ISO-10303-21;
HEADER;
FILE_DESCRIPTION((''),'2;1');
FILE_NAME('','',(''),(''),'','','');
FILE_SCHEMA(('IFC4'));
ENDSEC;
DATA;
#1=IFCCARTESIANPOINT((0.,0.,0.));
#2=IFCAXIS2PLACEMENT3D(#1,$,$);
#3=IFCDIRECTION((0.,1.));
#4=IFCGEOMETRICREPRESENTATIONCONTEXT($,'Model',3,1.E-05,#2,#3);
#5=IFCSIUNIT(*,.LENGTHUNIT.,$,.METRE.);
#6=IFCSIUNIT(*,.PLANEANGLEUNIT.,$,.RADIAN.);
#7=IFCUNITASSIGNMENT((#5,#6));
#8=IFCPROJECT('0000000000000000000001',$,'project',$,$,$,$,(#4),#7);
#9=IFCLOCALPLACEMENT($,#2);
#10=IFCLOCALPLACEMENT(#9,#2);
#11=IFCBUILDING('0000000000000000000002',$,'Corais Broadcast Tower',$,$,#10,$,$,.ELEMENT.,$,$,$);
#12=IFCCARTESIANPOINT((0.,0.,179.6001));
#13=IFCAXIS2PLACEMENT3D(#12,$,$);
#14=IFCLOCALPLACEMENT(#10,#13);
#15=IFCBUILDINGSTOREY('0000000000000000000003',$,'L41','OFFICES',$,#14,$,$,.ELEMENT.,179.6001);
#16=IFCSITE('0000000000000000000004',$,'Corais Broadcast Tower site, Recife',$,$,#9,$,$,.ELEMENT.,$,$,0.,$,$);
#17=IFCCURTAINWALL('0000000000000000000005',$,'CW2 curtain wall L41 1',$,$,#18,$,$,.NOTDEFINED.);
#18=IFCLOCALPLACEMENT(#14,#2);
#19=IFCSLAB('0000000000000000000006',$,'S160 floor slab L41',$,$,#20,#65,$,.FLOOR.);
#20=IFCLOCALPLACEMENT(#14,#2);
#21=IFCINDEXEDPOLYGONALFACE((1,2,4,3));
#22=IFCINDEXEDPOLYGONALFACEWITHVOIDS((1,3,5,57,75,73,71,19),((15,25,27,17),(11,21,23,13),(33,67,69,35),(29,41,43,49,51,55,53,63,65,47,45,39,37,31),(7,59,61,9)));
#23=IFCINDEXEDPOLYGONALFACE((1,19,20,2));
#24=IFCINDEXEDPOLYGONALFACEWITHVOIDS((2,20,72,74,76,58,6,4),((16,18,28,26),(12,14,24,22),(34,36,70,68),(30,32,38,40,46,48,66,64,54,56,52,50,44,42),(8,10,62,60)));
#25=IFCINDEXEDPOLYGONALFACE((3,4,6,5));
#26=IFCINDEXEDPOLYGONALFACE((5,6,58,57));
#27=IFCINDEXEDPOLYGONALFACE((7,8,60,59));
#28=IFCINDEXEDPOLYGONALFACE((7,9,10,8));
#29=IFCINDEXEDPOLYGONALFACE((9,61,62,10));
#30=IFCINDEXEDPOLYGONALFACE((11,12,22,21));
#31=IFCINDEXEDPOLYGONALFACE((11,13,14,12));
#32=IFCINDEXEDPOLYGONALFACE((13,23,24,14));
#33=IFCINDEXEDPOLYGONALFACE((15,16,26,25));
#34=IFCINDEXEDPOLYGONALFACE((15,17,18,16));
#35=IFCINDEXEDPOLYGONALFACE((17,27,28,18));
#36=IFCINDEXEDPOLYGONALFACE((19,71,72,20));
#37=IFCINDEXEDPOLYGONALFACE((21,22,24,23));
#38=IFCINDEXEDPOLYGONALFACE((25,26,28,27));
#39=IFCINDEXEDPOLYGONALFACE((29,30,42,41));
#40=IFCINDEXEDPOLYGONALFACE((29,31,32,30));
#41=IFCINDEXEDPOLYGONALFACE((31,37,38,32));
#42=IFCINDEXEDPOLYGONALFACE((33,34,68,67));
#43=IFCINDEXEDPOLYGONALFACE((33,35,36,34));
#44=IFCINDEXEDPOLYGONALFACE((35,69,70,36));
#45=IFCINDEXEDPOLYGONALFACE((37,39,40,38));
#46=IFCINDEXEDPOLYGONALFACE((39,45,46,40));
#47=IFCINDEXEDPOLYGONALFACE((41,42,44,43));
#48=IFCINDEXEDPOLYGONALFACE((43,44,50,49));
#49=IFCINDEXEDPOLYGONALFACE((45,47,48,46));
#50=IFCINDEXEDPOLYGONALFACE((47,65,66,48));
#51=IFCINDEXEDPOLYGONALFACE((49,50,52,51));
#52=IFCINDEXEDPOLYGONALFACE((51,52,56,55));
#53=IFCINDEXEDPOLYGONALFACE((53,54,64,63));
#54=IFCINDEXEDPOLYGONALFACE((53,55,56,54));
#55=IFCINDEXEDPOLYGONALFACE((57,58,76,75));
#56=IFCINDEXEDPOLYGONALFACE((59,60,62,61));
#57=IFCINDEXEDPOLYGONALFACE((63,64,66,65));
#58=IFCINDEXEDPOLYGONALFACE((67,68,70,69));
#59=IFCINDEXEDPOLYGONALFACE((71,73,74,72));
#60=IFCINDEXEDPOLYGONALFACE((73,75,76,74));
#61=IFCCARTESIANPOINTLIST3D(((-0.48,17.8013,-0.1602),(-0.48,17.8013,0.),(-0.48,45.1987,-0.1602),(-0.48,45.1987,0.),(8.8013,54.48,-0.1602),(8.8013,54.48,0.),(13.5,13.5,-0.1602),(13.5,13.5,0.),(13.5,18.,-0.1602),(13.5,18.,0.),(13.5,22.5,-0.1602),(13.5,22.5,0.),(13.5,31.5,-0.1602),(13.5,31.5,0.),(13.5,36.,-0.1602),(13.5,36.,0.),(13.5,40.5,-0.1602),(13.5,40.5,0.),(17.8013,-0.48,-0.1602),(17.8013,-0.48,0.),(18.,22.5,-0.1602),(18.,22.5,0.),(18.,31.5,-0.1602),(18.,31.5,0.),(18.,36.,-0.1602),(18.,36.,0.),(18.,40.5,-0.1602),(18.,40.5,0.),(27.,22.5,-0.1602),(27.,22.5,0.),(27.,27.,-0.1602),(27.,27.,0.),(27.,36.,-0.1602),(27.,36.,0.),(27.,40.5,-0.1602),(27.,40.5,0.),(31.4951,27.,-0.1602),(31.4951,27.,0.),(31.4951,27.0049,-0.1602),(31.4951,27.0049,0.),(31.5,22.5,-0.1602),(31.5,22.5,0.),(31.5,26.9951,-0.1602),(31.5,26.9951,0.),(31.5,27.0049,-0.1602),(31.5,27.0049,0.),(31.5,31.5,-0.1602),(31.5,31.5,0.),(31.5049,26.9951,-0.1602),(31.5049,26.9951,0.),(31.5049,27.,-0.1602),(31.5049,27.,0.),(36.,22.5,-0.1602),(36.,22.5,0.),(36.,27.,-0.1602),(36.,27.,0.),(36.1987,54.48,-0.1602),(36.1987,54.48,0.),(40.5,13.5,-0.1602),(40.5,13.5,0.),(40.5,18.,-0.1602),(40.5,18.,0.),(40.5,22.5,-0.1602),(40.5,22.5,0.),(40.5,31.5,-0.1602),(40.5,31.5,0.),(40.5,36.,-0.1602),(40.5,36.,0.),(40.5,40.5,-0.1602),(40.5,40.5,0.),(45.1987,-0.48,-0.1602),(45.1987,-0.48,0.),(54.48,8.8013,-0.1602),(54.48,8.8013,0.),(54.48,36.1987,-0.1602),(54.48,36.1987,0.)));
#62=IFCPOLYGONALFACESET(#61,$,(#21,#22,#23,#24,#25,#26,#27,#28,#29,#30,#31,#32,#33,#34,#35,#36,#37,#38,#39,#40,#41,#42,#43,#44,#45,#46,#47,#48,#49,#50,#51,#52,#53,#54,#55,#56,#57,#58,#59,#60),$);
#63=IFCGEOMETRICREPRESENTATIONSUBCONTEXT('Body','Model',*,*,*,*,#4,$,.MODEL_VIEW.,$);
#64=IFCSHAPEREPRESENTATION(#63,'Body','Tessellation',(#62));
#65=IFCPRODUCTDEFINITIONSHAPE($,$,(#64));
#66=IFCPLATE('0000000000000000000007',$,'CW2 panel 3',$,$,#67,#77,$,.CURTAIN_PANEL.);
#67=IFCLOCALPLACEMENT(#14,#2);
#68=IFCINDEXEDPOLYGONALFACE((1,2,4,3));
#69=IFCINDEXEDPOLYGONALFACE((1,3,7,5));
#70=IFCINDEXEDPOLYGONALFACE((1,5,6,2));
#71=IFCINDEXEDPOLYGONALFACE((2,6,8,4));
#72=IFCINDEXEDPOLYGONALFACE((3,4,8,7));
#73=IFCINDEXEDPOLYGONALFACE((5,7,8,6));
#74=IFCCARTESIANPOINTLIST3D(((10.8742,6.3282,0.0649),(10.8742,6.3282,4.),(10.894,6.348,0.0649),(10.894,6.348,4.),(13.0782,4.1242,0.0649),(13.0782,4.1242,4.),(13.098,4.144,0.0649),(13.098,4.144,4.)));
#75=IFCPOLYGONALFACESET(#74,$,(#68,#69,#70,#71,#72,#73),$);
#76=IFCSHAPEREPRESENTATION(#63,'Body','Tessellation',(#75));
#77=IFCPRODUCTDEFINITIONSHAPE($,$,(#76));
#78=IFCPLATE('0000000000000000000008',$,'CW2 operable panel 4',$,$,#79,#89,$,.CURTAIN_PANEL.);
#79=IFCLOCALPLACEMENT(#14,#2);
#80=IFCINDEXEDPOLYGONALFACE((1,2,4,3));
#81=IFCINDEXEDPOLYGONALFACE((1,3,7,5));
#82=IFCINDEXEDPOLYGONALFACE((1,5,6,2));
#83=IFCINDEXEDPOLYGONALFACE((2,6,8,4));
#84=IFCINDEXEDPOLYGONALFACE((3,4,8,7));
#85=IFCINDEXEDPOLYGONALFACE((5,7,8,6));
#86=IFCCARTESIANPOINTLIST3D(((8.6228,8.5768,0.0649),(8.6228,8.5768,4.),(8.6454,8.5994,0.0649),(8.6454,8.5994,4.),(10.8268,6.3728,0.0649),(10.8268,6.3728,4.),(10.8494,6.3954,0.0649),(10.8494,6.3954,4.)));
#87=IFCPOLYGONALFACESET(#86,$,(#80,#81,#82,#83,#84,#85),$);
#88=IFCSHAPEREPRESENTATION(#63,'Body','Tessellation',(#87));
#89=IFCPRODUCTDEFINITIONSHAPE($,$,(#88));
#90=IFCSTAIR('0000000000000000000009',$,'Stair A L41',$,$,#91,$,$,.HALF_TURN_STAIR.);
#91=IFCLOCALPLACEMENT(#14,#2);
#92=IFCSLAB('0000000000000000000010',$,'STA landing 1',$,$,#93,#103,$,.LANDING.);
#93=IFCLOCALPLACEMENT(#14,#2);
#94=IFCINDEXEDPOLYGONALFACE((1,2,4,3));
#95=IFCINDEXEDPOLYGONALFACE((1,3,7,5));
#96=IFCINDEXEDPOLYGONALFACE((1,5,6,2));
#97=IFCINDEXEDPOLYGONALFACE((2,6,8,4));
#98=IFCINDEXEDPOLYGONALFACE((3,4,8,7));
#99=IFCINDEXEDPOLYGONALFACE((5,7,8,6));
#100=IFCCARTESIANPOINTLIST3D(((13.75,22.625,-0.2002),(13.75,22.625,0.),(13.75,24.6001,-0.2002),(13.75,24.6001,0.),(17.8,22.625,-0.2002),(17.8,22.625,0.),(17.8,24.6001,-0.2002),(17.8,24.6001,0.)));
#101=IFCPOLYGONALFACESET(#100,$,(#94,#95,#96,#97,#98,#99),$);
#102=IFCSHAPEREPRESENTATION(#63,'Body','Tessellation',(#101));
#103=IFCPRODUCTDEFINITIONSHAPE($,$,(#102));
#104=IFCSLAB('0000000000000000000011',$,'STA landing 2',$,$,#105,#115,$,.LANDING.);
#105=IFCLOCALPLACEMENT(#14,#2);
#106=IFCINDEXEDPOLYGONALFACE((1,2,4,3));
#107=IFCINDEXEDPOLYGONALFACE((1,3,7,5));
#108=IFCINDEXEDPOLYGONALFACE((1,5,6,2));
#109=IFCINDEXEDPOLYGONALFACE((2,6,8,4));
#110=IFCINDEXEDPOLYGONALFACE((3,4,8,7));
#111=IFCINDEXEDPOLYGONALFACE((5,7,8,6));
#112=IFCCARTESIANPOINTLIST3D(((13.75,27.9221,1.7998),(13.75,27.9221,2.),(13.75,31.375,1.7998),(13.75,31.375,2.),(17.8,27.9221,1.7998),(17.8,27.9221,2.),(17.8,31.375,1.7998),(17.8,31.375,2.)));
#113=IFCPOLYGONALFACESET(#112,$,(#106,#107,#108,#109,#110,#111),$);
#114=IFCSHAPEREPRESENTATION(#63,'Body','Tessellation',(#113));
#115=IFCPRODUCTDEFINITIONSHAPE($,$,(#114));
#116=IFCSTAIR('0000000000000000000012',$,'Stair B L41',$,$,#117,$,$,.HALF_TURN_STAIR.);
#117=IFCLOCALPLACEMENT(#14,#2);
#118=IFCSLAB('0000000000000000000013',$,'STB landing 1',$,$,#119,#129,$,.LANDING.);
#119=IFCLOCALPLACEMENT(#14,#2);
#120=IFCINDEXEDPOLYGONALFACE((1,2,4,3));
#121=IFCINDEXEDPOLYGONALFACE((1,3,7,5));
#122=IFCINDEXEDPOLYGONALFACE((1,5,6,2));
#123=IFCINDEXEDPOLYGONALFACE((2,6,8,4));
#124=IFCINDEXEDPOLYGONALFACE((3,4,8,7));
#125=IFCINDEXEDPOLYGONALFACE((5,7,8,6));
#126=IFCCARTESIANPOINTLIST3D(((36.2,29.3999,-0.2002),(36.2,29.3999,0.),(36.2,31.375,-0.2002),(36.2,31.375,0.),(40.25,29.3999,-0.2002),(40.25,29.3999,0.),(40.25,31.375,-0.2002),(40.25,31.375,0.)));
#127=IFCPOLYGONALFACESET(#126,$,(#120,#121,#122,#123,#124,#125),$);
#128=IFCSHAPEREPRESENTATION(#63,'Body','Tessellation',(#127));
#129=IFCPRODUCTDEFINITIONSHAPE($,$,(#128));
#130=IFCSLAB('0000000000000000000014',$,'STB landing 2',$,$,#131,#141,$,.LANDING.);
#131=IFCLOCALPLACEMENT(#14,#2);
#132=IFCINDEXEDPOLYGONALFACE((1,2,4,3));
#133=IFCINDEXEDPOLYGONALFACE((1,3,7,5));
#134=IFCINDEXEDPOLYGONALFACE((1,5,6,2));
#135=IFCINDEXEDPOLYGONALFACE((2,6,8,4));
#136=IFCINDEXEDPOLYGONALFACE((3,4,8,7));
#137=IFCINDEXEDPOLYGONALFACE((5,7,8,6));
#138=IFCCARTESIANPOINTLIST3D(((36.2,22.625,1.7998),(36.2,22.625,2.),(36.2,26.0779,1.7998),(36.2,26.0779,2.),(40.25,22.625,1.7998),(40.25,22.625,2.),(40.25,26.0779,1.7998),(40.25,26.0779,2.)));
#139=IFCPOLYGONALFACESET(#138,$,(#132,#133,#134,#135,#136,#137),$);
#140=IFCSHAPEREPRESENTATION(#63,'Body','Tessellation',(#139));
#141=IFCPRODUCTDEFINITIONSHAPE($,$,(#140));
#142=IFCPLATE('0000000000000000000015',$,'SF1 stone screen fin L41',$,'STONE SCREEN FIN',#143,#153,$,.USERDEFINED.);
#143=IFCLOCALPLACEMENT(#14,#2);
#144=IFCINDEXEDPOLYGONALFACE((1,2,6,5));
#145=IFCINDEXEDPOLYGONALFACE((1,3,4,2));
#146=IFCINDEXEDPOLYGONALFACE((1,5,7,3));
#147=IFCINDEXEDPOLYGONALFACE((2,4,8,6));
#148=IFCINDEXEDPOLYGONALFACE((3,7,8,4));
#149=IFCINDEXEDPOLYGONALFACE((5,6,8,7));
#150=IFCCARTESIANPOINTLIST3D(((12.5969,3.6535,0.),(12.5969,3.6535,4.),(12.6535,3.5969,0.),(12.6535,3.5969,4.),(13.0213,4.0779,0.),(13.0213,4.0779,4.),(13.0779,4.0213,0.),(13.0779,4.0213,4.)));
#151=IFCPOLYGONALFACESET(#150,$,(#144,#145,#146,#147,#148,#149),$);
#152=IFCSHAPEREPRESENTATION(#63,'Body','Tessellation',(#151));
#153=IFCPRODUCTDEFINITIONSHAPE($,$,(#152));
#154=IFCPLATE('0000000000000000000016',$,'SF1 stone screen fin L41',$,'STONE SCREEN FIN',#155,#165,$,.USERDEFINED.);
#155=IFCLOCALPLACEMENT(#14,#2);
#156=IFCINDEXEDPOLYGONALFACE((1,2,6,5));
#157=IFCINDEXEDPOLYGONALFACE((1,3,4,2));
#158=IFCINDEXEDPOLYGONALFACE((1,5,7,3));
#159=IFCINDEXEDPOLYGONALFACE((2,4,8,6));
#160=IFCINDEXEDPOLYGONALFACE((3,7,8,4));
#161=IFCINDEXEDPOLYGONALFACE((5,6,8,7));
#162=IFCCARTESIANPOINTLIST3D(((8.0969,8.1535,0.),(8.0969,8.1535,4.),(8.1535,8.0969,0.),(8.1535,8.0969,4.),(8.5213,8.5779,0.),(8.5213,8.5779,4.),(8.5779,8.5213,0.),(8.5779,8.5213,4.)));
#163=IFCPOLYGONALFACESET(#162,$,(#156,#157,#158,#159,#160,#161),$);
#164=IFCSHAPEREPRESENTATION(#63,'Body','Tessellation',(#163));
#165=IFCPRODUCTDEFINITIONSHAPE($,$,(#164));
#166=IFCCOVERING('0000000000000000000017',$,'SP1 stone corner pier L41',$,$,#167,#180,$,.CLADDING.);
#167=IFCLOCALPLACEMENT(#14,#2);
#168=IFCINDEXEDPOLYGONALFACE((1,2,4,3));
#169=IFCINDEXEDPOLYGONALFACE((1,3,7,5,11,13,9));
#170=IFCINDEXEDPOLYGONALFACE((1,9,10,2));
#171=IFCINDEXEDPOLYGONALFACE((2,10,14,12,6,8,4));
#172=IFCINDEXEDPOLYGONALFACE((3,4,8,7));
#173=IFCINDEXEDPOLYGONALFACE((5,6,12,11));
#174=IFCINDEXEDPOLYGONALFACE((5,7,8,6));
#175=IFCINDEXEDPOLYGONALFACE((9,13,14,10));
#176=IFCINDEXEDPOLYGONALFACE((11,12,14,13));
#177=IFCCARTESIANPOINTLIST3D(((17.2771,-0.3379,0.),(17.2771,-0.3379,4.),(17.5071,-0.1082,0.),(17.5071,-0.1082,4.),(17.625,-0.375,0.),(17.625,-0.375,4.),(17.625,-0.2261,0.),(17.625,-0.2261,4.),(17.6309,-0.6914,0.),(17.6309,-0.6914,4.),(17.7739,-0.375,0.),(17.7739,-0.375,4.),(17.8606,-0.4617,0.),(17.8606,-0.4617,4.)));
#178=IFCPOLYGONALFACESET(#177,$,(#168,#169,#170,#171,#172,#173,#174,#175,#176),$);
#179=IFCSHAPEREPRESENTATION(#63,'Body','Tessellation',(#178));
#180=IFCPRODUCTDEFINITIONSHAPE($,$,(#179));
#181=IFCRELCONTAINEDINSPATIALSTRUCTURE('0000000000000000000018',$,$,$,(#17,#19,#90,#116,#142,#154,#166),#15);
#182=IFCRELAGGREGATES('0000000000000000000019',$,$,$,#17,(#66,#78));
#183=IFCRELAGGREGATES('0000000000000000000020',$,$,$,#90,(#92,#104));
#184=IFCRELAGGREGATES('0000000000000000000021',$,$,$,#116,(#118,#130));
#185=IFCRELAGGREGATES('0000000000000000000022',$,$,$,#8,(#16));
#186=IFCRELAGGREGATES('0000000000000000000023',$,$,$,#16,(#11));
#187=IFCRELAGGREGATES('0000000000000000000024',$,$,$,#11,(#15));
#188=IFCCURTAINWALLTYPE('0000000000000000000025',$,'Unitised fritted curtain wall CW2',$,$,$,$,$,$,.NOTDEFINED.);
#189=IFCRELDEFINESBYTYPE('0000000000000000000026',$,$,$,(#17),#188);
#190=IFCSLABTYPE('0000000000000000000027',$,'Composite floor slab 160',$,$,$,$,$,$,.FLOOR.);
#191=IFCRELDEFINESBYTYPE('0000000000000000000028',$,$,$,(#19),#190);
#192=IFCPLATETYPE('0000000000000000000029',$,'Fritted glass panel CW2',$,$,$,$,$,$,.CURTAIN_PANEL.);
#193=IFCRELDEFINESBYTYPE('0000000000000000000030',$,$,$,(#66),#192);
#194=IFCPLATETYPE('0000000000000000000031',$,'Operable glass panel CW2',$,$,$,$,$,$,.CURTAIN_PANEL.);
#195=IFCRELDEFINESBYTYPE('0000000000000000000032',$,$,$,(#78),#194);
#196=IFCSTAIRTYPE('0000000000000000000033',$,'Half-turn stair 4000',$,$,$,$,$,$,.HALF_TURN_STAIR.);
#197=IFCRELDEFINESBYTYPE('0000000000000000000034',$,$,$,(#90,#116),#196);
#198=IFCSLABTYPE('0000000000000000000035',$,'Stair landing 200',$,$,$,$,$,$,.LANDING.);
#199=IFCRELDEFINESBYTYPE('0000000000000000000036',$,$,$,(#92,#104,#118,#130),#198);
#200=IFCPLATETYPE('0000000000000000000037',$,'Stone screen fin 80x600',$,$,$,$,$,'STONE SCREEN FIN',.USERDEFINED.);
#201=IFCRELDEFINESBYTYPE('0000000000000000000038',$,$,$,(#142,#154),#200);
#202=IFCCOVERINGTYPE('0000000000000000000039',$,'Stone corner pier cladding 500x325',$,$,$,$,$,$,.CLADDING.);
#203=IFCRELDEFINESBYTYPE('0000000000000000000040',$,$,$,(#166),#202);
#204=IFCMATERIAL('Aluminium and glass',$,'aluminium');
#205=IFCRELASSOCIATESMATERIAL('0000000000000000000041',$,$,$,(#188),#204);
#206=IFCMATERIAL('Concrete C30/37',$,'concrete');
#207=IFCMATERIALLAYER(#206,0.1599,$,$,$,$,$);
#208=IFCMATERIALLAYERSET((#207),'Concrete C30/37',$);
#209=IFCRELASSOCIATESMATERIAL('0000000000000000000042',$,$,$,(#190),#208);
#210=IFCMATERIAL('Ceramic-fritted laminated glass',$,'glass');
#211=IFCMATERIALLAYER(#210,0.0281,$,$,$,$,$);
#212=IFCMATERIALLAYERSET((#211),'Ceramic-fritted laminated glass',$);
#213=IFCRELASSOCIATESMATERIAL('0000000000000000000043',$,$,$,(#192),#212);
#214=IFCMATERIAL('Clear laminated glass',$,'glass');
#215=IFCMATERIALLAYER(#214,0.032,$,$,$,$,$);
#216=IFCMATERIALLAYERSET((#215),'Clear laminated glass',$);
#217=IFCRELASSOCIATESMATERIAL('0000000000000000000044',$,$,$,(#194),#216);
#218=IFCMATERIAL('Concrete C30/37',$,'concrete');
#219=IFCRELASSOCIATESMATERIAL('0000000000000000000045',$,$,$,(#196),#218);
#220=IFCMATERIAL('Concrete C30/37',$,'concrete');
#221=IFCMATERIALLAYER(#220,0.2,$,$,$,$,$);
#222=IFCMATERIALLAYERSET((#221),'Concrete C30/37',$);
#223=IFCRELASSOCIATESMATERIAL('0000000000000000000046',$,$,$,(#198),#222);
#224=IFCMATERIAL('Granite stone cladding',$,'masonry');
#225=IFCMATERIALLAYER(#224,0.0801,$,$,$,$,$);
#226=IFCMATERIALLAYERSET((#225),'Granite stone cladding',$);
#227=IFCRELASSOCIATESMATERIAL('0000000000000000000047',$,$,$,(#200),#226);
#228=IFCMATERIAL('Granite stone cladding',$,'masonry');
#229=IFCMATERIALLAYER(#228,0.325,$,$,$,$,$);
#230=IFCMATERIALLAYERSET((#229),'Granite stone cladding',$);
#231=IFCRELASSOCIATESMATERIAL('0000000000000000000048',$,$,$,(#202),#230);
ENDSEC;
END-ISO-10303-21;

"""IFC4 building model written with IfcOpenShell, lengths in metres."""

from ifc_helpers import new_model, si_unit, direction, frame, origin, origin_2d, place, context, subcontext, project, spatial, polyline, rectangle, outline, extrude, material, layer, layer_set, type_object, element, aggregate, save


model = new_model("IFC4")

# Units and contexts
model_context = context("Model", 3, precision=1e-05, world=origin(), true_north=direction((0.0, 1.0)))
body_context = subcontext(model_context, "Body", "Model", "MODEL_VIEW")
ifc_project = project(units=[si_unit("LENGTHUNIT", "METRE"), si_unit("PLANEANGLEUNIT", "RADIAN")], contexts=[model_context])

# Site, building, storey
site_placement = place(None, origin())
site = spatial("IfcSite", under=ifc_project, at=site_placement, Name="Corais Broadcast Tower site, Recife", CompositionType="ELEMENT", RefElevation=0.0)
building_placement = place(site_placement, origin())
building = spatial("IfcBuilding", under=site, at=building_placement, Name="Corais Broadcast Tower", CompositionType="ELEMENT")
storey_placement = place(building_placement, frame((0.0, 0.0, 179.6001)))
storey = spatial("IfcBuildingStorey", under=building, at=storey_placement, Name="L41", Description="OFFICES", CompositionType="ELEMENT", Elevation=179.6001)

# Curtain wall
ifc_material_1 = material(Name="Aluminium and glass", Category="aluminium")
curtain_wall_type = type_object("IfcCurtainWallType", Name="Unitised fritted curtain wall CW2", PredefinedType="NOTDEFINED", material=ifc_material_1)
curtain_wall_placement = place(storey_placement, origin())
curtain_wall = element("IfcCurtainWall", 1, at=curtain_wall_placement, inside=storey, type_object=curtain_wall_type, Name="CW2 curtain wall L41 1", PredefinedType="NOTDEFINED")

# Slab
ifc_material_2 = material(Name="Concrete C30/37", Category="concrete")
ifc_layer_1 = layer(ifc_material_2, 0.1599)
ifc_layer_set_1 = layer_set([ifc_layer_1], Name="Concrete C30/37")
slab_type_1 = type_object("IfcSlabType", Name="Composite floor slab 160", PredefinedType="FLOOR", material=ifc_layer_set_1)
slab_1_placement = place(storey_placement, frame((0.0, 0.0, -0.1602)))
element("IfcSlab", 2, at=slab_1_placement, inside=storey, type_object=slab_type_1, Name="S160 floor slab L41", PredefinedType="FLOOR", context=body_context, shape_type="SweptSolid", body=[
    extrude(outline(polyline([(17.8013, -0.48), (-0.48, 17.8013), (-0.48, 45.1987), (8.8013, 54.48), (36.1987, 54.48), (54.48, 36.1987), (54.48, 8.8013), (45.1987, -0.48), (17.8013, -0.48)]), holes=[polyline([(13.5, 18.0), (40.5, 18.0), (40.5, 13.5), (13.5, 13.5), (13.5, 18.0)]), polyline([(18.0, 22.5), (13.5, 22.5), (13.5, 31.5), (18.0, 31.5), (18.0, 22.5)]), polyline([(18.0, 36.0), (13.5, 36.0), (13.5, 40.5), (18.0, 40.5), (18.0, 36.0)]), polyline([(31.5, 22.5), (27.0, 22.5), (27.0, 27.0), (31.4951, 27.0), (31.4951, 27.0049), (31.5, 27.0049), (31.5, 31.5), (40.5, 31.5), (40.5, 22.5), (36.0, 22.5), (36.0, 27.0), (31.5049, 27.0), (31.5049, 26.9951), (31.5, 26.9951), (31.5, 22.5)]), polyline([(27.0, 40.5), (40.5, 40.5), (40.5, 36.0), (27.0, 36.0), (27.0, 40.5)])]), origin(), (0.0, 0.0, 1.0), 0.1602),
])

# Plates
ifc_material_3 = material(Name="Ceramic-fritted laminated glass", Category="glass")
ifc_layer_2 = layer(ifc_material_3, 0.0281)
ifc_layer_set_2 = layer_set([ifc_layer_2], Name="Ceramic-fritted laminated glass")
plate_type_1 = type_object("IfcPlateType", Name="Fritted glass panel CW2", PredefinedType="CURTAIN_PANEL", material=ifc_layer_set_2)
plate_1_placement = place(storey_placement, frame((11.9861, 5.2361, 0.0649), z_axis=(0.0, 0.0, 1.0), x_axis=(-0.707107, 0.707107, 0.0)))
plate_1 = element("IfcPlate", 3, at=plate_1_placement, type_object=plate_type_1, Name="CW2 panel 3", PredefinedType="CURTAIN_PANEL", context=body_context, shape_type="SweptSolid", body=[
    extrude(rectangle(XDim=3.1169, YDim=0.0281, at=origin_2d()), origin(), (0.0, 0.0, 1.0), 3.9351),
])
ifc_material_4 = material(Name="Clear laminated glass", Category="glass")
ifc_layer_3 = layer(ifc_material_4, 0.032)
ifc_layer_set_3 = layer_set([ifc_layer_3], Name="Clear laminated glass")
plate_type_2 = type_object("IfcPlateType", Name="Operable glass panel CW2", PredefinedType="CURTAIN_PANEL", material=ifc_layer_set_3)
plate_2_placement = place(storey_placement, frame((9.7361, 7.4861, 0.0649), z_axis=(0.0, 0.0, 1.0), x_axis=(-0.707107, 0.707107, 0.0)))
plate_2 = element("IfcPlate", 4, at=plate_2_placement, type_object=plate_type_2, Name="CW2 operable panel 4", PredefinedType="CURTAIN_PANEL", context=body_context, shape_type="SweptSolid", body=[
    extrude(rectangle(XDim=3.1169, YDim=0.032, at=origin_2d()), origin(), (0.0, 0.0, 1.0), 3.9351),
])
aggregate(curtain_wall, [plate_1, plate_2])

# Stairs, slabs
ifc_material_5 = material(Name="Concrete C30/37", Category="concrete")
stair_type = type_object("IfcStairType", Name="Half-turn stair 4000", PredefinedType="HALF_TURN_STAIR", material=ifc_material_5)
stair_1_placement = place(storey_placement, origin())
stair_1 = element("IfcStair", 5, at=stair_1_placement, inside=storey, type_object=stair_type, Name="Stair A L41", PredefinedType="HALF_TURN_STAIR")
ifc_material_6 = material(Name="Concrete C30/37", Category="concrete")
ifc_layer_4 = layer(ifc_material_6, 0.2)
ifc_layer_set_4 = layer_set([ifc_layer_4], Name="Concrete C30/37")
slab_type_2 = type_object("IfcSlabType", Name="Stair landing 200", PredefinedType="LANDING", material=ifc_layer_set_4)
slab_2_placement = place(storey_placement, frame((0.0, 0.0, -0.2002)))
slab_2 = element("IfcSlab", 6, at=slab_2_placement, type_object=slab_type_2, Name="STA landing 1", PredefinedType="LANDING", context=body_context, shape_type="SweptSolid", body=[
    extrude(outline(polyline([(13.75, 22.625), (17.8, 22.625), (17.8, 24.6001), (13.75, 24.6001), (13.75, 22.625)])), origin(), (0.0, 0.0, 1.0), 0.2002),
])
slab_3_placement = place(storey_placement, frame((0.0, 0.0, 1.7998)))
slab_3 = element("IfcSlab", 7, at=slab_3_placement, type_object=slab_type_2, Name="STA landing 2", PredefinedType="LANDING", context=body_context, shape_type="SweptSolid", body=[
    extrude(outline(polyline([(13.75, 27.9221), (17.8, 27.9221), (17.8, 31.375), (13.75, 31.375), (13.75, 27.9221)])), origin(), (0.0, 0.0, 1.0), 0.2002),
])
aggregate(stair_1, [slab_2, slab_3])
stair_2_placement = place(storey_placement, origin())
stair_2 = element("IfcStair", 8, at=stair_2_placement, inside=storey, type_object=stair_type, Name="Stair B L41", PredefinedType="HALF_TURN_STAIR")
slab_4_placement = place(storey_placement, frame((0.0, 0.0, -0.2002)))
slab_4 = element("IfcSlab", 9, at=slab_4_placement, type_object=slab_type_2, Name="STB landing 1", PredefinedType="LANDING", context=body_context, shape_type="SweptSolid", body=[
    extrude(outline(polyline([(36.2, 29.3999), (40.25, 29.3999), (40.25, 31.375), (36.2, 31.375), (36.2, 29.3999)])), origin(), (0.0, 0.0, 1.0), 0.2002),
])
slab_5_placement = place(storey_placement, frame((0.0, 0.0, 1.7998)))
slab_5 = element("IfcSlab", 10, at=slab_5_placement, type_object=slab_type_2, Name="STB landing 2", PredefinedType="LANDING", context=body_context, shape_type="SweptSolid", body=[
    extrude(outline(polyline([(36.2, 22.625), (40.25, 22.625), (40.25, 26.0779), (36.2, 26.0779), (36.2, 22.625)])), origin(), (0.0, 0.0, 1.0), 0.2002),
])
aggregate(stair_2, [slab_4, slab_5])

# Plates
ifc_material_7 = material(Name="Granite stone cladding", Category="masonry")
ifc_layer_5 = layer(ifc_material_7, 0.0801)
ifc_layer_set_5 = layer_set([ifc_layer_5], Name="Granite stone cladding")
plate_type_3 = type_object("IfcPlateType", Name="Stone screen fin 80x600", ElementType="STONE SCREEN FIN", PredefinedType="USERDEFINED", material=ifc_layer_set_5)
for number, where, z_axis, x_axis, name in (
    (11, (12.8374, 3.8374, 0.0), (0.0, 0.0, 1.0), (-0.707107, 0.707107, 0.0), "SF1 stone screen fin L41"),
    (12, (8.3374, 8.3374, 0.0), (0.0, 0.0, 1.0), (-0.707107, 0.707107, 0.0), "SF1 stone screen fin L41"),
):
    element("IfcPlate", number, at=place(storey_placement, frame(where, z_axis=z_axis, x_axis=x_axis)), inside=storey, type_object=plate_type_3, Name=name, ObjectType="STONE SCREEN FIN", PredefinedType="USERDEFINED", context=body_context, shape_type="SweptSolid", body=[
        extrude(rectangle(XDim=0.0801, YDim=0.6001, at=origin_2d()), origin(), (0.0, 0.0, 1.0), 4.0),
    ])

# Covering
ifc_material_8 = material(Name="Granite stone cladding", Category="masonry")
ifc_layer_6 = layer(ifc_material_8, 0.325)
ifc_layer_set_6 = layer_set([ifc_layer_6], Name="Granite stone cladding")
covering_type_1 = type_object("IfcCoveringType", Name="Stone corner pier cladding 500x325", PredefinedType="CLADDING", material=ifc_layer_set_6)
covering_1_placement = place(storey_placement, origin())
element("IfcCovering", 13, at=covering_1_placement, inside=storey, type_object=covering_type_1, Name="SP1 stone corner pier L41", PredefinedType="CLADDING", context=body_context, shape_type="SweptSolid", body=[
    extrude(outline(polyline([(17.8606, -0.4617), (17.7739, -0.375), (17.625, -0.375), (17.625, -0.2261), (17.5071, -0.1082), (17.2771, -0.3379), (17.6309, -0.6914), (17.8606, -0.4617)])), origin(), (0.0, 0.0, 1.0), 4.0),
])

save(model, "model.ifc")
